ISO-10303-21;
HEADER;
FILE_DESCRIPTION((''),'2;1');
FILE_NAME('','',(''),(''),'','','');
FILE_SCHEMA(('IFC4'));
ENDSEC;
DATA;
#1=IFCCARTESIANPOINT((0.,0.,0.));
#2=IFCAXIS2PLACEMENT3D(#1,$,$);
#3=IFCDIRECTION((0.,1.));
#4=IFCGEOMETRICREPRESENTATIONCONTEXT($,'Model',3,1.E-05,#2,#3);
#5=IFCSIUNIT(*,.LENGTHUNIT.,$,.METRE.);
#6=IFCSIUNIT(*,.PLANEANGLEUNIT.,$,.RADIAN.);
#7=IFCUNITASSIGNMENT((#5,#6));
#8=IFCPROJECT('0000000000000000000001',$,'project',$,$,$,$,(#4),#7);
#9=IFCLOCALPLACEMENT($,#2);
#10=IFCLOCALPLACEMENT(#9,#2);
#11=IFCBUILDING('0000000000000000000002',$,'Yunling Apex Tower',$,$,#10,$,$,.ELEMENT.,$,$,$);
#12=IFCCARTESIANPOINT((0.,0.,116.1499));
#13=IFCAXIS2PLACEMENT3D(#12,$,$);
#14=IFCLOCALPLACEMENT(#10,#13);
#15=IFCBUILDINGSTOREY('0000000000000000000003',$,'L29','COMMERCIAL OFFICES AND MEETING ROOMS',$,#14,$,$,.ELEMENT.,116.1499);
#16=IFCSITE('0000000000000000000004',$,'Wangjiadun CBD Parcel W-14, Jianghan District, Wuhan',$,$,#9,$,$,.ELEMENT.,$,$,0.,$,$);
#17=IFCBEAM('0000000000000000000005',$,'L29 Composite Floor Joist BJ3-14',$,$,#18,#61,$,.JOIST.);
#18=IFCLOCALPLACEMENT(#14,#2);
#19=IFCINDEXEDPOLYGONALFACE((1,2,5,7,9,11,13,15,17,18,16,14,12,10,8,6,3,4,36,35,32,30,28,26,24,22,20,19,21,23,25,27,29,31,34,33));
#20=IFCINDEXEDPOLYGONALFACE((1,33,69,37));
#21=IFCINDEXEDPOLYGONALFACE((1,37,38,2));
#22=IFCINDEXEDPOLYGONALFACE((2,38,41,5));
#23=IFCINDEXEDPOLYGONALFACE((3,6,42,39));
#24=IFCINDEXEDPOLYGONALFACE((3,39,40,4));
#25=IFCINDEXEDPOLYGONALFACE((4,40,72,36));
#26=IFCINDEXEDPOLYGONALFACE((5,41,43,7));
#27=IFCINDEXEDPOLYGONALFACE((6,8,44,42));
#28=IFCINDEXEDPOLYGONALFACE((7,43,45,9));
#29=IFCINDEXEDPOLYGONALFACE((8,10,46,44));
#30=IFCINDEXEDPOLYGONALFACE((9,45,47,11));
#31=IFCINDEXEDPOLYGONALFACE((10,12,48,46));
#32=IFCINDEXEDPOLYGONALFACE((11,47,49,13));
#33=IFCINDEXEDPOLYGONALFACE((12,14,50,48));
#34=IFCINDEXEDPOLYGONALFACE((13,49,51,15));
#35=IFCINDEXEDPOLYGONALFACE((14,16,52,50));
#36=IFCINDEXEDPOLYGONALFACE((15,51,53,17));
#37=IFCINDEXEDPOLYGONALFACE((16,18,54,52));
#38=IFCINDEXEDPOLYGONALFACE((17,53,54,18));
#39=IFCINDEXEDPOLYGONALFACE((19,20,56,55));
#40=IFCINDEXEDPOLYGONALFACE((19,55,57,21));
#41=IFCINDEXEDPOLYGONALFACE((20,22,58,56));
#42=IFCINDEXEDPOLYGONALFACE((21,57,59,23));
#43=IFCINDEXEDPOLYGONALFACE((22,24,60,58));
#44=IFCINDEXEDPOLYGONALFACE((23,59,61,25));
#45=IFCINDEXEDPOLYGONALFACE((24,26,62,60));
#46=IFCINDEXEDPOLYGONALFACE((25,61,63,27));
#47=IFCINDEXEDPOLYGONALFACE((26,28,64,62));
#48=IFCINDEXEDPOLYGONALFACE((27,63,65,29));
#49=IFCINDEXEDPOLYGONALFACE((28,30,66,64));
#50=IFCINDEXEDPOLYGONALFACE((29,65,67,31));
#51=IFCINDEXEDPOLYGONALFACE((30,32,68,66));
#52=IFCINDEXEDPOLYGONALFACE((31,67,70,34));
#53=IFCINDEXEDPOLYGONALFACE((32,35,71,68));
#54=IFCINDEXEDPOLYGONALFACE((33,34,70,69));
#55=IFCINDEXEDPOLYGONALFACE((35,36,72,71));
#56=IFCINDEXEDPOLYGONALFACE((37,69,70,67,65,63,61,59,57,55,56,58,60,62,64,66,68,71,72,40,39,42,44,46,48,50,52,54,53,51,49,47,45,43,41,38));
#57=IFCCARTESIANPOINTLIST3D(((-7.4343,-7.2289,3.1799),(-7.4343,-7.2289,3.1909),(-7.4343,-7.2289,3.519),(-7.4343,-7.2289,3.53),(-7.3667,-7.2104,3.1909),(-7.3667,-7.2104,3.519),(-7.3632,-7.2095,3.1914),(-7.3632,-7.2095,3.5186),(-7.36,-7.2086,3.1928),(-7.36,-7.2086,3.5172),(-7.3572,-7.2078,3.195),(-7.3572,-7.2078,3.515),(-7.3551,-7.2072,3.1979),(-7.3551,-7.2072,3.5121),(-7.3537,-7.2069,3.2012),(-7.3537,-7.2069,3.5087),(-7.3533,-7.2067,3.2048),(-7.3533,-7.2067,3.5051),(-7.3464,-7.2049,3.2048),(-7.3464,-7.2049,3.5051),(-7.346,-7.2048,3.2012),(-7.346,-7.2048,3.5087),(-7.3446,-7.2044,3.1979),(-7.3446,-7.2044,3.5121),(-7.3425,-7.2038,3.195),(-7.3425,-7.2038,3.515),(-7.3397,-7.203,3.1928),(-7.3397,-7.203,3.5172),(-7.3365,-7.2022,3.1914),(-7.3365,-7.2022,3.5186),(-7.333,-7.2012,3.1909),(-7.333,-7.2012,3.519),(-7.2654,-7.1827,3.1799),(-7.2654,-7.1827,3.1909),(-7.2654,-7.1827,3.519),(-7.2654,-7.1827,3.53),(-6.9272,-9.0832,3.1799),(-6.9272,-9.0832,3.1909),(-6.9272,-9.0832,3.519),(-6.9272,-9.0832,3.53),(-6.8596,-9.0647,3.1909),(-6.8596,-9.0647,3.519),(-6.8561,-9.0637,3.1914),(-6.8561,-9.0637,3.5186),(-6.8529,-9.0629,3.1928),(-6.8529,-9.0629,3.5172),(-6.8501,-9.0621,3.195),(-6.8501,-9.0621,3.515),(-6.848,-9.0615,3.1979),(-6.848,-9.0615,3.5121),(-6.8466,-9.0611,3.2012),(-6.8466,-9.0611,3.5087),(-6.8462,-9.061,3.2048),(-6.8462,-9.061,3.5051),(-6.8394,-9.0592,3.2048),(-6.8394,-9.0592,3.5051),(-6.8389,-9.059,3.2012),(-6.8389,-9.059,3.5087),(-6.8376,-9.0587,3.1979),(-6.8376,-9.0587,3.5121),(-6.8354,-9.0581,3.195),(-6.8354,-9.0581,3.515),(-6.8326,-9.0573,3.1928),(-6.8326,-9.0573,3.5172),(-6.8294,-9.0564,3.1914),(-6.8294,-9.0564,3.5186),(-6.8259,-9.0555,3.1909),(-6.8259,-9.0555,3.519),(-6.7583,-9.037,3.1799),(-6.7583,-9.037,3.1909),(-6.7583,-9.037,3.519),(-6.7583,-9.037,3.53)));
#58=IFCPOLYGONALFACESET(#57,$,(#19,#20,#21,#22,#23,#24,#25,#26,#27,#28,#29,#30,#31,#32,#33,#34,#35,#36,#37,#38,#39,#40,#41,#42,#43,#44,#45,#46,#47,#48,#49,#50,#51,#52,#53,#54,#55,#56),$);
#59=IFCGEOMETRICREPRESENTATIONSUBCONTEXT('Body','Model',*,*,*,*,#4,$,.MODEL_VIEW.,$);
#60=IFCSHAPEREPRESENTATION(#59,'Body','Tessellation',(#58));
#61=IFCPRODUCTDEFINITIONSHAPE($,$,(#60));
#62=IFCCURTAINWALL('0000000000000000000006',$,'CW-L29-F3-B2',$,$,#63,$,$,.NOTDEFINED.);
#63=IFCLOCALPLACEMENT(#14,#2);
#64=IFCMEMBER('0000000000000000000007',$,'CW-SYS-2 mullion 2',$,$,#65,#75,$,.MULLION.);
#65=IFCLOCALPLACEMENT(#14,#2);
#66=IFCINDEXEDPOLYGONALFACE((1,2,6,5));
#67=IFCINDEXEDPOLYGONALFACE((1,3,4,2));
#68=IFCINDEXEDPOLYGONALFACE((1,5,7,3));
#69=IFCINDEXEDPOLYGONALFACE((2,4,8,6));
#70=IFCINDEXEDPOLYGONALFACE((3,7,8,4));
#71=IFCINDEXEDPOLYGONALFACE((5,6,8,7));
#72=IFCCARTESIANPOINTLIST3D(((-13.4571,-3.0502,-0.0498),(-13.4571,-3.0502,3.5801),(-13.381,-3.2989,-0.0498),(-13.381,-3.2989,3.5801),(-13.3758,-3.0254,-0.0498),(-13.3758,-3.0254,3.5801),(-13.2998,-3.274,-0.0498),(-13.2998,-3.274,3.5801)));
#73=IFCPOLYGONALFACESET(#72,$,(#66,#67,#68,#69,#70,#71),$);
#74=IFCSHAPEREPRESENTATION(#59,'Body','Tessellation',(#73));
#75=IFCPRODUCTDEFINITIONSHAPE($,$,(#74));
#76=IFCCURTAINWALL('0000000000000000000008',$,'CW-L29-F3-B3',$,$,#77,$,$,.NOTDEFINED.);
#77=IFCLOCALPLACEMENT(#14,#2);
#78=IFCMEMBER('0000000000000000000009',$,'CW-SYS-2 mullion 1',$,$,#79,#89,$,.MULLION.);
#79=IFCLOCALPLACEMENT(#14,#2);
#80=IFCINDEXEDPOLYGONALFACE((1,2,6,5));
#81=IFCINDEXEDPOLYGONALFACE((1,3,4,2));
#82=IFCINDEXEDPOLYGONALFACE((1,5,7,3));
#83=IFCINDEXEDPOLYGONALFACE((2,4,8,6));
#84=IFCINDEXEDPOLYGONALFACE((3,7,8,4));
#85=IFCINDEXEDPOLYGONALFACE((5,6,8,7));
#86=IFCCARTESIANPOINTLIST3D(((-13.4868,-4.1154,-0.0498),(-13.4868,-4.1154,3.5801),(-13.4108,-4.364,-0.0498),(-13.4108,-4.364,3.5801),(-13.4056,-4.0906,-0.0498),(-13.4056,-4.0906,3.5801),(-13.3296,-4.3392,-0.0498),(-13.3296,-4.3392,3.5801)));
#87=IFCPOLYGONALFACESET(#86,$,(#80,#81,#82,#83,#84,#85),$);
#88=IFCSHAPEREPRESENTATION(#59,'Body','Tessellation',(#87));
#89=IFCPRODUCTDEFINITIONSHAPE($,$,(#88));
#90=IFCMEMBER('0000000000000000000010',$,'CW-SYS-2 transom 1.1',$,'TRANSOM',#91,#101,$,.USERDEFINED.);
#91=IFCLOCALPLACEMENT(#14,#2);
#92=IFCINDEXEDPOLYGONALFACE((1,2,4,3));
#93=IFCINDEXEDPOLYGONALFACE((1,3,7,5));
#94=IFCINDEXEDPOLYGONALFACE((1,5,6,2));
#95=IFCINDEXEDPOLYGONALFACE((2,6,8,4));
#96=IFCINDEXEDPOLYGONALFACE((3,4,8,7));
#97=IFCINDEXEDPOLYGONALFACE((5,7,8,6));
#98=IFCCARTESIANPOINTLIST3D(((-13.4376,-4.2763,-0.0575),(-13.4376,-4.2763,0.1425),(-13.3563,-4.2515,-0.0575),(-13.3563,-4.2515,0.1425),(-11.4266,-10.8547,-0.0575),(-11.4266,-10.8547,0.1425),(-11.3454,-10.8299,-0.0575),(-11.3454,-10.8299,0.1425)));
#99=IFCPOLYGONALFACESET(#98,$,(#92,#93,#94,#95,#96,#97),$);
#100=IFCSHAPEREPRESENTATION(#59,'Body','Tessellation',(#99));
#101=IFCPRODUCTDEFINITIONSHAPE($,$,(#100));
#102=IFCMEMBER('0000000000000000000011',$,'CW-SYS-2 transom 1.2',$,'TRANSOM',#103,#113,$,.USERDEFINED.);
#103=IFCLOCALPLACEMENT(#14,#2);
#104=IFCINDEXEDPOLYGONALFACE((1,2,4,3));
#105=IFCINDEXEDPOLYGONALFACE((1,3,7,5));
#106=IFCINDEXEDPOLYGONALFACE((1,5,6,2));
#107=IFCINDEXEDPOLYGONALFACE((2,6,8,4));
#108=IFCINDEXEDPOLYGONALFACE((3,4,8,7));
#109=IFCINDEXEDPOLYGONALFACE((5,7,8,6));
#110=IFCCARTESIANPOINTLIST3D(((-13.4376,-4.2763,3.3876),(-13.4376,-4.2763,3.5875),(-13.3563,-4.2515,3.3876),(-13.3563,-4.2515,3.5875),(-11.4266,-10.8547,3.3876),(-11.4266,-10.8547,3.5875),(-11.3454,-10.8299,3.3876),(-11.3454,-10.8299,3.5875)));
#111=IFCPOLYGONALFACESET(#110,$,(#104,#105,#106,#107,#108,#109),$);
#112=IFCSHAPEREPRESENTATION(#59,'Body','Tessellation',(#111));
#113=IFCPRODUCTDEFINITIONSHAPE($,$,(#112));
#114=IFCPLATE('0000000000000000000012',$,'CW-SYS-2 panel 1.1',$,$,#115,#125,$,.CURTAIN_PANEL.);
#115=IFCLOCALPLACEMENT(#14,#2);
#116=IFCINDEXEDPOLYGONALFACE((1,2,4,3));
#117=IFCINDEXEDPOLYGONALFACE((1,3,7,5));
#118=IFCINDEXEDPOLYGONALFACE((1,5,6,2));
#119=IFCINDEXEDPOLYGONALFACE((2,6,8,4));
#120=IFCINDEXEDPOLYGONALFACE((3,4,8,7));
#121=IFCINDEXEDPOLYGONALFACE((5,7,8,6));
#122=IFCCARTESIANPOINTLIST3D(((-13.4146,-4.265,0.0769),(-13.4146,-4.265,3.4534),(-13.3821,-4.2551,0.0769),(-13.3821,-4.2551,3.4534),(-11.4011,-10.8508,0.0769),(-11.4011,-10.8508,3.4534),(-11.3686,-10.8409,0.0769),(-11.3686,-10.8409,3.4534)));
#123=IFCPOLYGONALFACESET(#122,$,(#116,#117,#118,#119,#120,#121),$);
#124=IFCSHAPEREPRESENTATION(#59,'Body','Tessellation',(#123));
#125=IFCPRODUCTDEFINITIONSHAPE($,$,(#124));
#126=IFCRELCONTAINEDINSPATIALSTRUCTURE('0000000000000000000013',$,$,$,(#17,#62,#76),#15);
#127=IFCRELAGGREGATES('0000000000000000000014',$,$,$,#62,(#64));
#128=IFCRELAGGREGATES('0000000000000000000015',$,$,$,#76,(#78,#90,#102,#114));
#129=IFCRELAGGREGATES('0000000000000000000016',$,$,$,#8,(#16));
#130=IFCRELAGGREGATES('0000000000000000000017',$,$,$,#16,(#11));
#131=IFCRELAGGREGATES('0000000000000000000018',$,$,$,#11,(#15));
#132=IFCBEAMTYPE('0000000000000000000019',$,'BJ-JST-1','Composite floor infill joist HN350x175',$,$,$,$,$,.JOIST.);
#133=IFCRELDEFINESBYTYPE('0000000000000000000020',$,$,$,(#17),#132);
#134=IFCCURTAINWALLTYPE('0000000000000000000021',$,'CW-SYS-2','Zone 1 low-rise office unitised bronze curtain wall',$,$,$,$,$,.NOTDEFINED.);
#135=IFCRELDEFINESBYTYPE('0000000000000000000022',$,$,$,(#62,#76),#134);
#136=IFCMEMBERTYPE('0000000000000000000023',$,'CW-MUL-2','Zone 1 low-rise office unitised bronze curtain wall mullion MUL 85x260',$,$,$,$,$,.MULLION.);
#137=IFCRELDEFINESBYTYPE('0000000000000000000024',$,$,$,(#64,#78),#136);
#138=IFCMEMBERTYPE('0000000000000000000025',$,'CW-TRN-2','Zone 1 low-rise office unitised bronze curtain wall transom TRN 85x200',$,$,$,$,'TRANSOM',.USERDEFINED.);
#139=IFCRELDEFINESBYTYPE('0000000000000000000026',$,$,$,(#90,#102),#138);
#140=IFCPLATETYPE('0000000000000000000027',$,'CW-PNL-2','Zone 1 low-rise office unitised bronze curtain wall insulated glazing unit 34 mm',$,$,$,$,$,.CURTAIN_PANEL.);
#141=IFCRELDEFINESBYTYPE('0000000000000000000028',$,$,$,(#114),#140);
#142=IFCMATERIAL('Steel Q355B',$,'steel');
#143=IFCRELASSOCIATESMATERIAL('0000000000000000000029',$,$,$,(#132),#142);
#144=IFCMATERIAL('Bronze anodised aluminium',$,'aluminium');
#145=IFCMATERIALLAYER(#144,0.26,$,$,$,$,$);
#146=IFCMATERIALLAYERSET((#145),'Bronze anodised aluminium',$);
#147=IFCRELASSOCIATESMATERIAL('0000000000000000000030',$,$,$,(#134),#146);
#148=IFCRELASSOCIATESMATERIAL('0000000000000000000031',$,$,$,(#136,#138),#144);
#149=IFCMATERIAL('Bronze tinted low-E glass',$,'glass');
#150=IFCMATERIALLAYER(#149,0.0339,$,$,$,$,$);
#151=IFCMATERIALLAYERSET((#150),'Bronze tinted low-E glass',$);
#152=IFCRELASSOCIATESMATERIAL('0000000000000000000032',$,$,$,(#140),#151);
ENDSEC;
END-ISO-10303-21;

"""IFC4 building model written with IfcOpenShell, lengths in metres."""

from ifc_helpers import new_model, si_unit, direction, frame, origin, origin_2d, place, context, subcontext, project, spatial, rectangle, i_section, extrude, source, transform, mapped, material, layer, layer_set, material_profile, profile_set, type_object, element, aggregate, save


model = new_model("IFC4")

# Units and contexts
model_context = context("Model", 3, precision=1e-05, world=origin(), true_north=direction((0.0, 1.0)))
body_context = subcontext(model_context, "Body", "Model", "MODEL_VIEW")
ifc_project = project(units=[si_unit("LENGTHUNIT", "METRE"), si_unit("PLANEANGLEUNIT", "RADIAN")], contexts=[model_context])

# Site, building, storey
site_placement = place(None, origin())
site = spatial("IfcSite", under=ifc_project, at=site_placement, Name="Wangjiadun CBD Parcel W-14, Jianghan District, Wuhan", CompositionType="ELEMENT", RefElevation=0.0)
building_placement = place(site_placement, origin())
building = spatial("IfcBuilding", under=site, at=building_placement, Name="Yunling Apex Tower", CompositionType="ELEMENT")
storey_placement = place(building_placement, frame((0.0, 0.0, 116.1499)))
storey = spatial("IfcBuildingStorey", under=building, at=storey_placement, Name="L29", Description="COMMERCIAL OFFICES AND MEETING ROOMS", CompositionType="ELEMENT", Elevation=116.1499)

# Beam
ifc_material_1 = material(Name="Steel Q355B", Category="steel")
ifc_material_profile_1 = material_profile(ifc_material_1, i_section(OverallWidth=0.175, OverallDepth=0.3501, WebThickness=0.0071, FlangeThickness=0.011, FilletRadius=0.0139, at=origin_2d()))
ifc_profile_set_1 = profile_set([ifc_material_profile_1], Name="Steel Q355B")
beam_type_1 = type_object("IfcBeamType", Name="BJ-JST-1", Description="Composite floor infill joist HN350x175", PredefinedType="JOIST", material=ifc_profile_set_1)
shared_shape_1 = source(origin(), body_context, "Body", "SweptSolid", [
    extrude(i_section(OverallWidth=0.175, OverallDepth=0.3501, WebThickness=0.0071, FlangeThickness=0.011, FilletRadius=0.0139, at=origin_2d()), origin(), (0.0, 0.0, 1.0), 1.9224),
])
beam_1_placement = place(storey_placement, frame((-7.3499, -7.2058, 3.355), z_axis=(0.263784, -0.964582, 0.0), x_axis=(0.964582, 0.263784, 0.0)))
element("IfcBeam", 1, at=beam_1_placement, inside=storey, type_object=beam_type_1, Name="L29 Composite Floor Joist BJ3-14", PredefinedType="JOIST", context=body_context, shape_type="MappedRepresentation", body=[
    mapped(shared_shape_1, transform((0.0, 0.0, 0.0), scale=1.0)),
])

# Curtain wall, member
ifc_material_2 = material(Name="Bronze anodised aluminium", Category="aluminium")
ifc_layer_1 = layer(ifc_material_2, 0.26)
ifc_layer_set_1 = layer_set([ifc_layer_1], Name="Bronze anodised aluminium")
curtain_wall_type = type_object("IfcCurtainWallType", Name="CW-SYS-2", Description="Zone 1 low-rise office unitised bronze curtain wall", PredefinedType="NOTDEFINED", material=ifc_layer_set_1)
curtain_wall_1_placement = place(storey_placement, origin())
curtain_wall_1 = element("IfcCurtainWall", 2, at=curtain_wall_1_placement, inside=storey, type_object=curtain_wall_type, Name="CW-L29-F3-B2", PredefinedType="NOTDEFINED")
ifc_material_profile_2 = material_profile(ifc_material_2, rectangle(XDim=0.085, YDim=0.26, at=origin_2d()))
ifc_profile_set_2 = profile_set([ifc_material_profile_2], Name="Bronze anodised aluminium")
member_type_1 = type_object("IfcMemberType", Name="CW-MUL-2", Description="Zone 1 low-rise office unitised bronze curtain wall mullion MUL 85x260", PredefinedType="MULLION", material=ifc_profile_set_2)
shared_shape_2 = source(origin(), body_context, "Body", "SweptSolid", [
    extrude(rectangle(XDim=0.085, YDim=0.26, at=origin_2d()), origin(), (0.0, 0.0, 1.0), 3.6299),
])
member_1_placement = place(storey_placement, frame((-13.3784, -3.1621, -0.0498), z_axis=(0.0, 0.0, 1.0), x_axis=(0.956307, 0.292364, 0.0)))
member_1 = element("IfcMember", 3, at=member_1_placement, type_object=member_type_1, Name="CW-SYS-2 mullion 2", PredefinedType="MULLION", context=body_context, shape_type="MappedRepresentation", body=[
    mapped(shared_shape_2, transform((0.0, 0.0, 0.0), scale=1.0)),
])
aggregate(curtain_wall_1, [member_1])

# Curtain wall, members, plate
curtain_wall_2_placement = place(storey_placement, origin())
curtain_wall_2 = element("IfcCurtainWall", 4, at=curtain_wall_2_placement, inside=storey, type_object=curtain_wall_type, Name="CW-L29-F3-B3", PredefinedType="NOTDEFINED")
member_2_placement = place(storey_placement, frame((-13.4082, -4.2273, -0.0498), z_axis=(0.0, 0.0, 1.0), x_axis=(0.956304, 0.292373, 0.0)))
member_2 = element("IfcMember", 5, at=member_2_placement, type_object=member_type_1, Name="CW-SYS-2 mullion 1", PredefinedType="MULLION", context=body_context, shape_type="MappedRepresentation", body=[
    mapped(shared_shape_2, transform((0.0, 0.0, 0.0), scale=1.0)),
])
ifc_material_profile_3 = material_profile(ifc_material_2, rectangle(XDim=0.085, YDim=0.2, at=origin_2d()))
ifc_profile_set_3 = profile_set([ifc_material_profile_3], Name="Bronze anodised aluminium")
member_type_2 = type_object("IfcMemberType", Name="CW-TRN-2", Description="Zone 1 low-rise office unitised bronze curtain wall transom TRN 85x200", ElementType="TRANSOM", PredefinedType="USERDEFINED", material=ifc_profile_set_3)
shared_shape_3 = source(origin(), body_context, "Body", "SweptSolid", [
    extrude(rectangle(XDim=0.085, YDim=0.2, at=origin_2d()), origin(), (0.0, 0.0, 1.0), 6.8789),
])
member_3_placement = place(storey_placement, frame((-13.397, -4.2639, 0.0425), z_axis=(0.292342, -0.956314, 0.0), x_axis=(0.956314, 0.292342, 0.0)))
member_3 = element("IfcMember", 6, at=member_3_placement, type_object=member_type_2, Name="CW-SYS-2 transom 1.1", ObjectType="TRANSOM", PredefinedType="USERDEFINED", context=body_context, shape_type="MappedRepresentation", body=[
    mapped(shared_shape_3, transform((0.0, 0.0, 0.0), scale=1.0)),
])
member_4_placement = place(storey_placement, frame((-13.397, -4.2639, 3.4875), z_axis=(0.292342, -0.956314, 0.0), x_axis=(0.956314, 0.292342, 0.0)))
member_4 = element("IfcMember", 7, at=member_4_placement, type_object=member_type_2, Name="CW-SYS-2 transom 1.2", ObjectType="TRANSOM", PredefinedType="USERDEFINED", context=body_context, shape_type="MappedRepresentation", body=[
    mapped(shared_shape_3, transform((0.0, 0.0, 0.0), scale=1.0)),
])
ifc_material_3 = material(Name="Bronze tinted low-E glass", Category="glass")
ifc_layer_2 = layer(ifc_material_3, 0.0339)
ifc_layer_set_2 = layer_set([ifc_layer_2], Name="Bronze tinted low-E glass")
plate_type = type_object("IfcPlateType", Name="CW-PNL-2", Description="Zone 1 low-rise office unitised bronze curtain wall insulated glazing unit 34 mm", PredefinedType="CURTAIN_PANEL", material=ifc_layer_set_2)
shared_shape_4 = source(origin(), body_context, "Body", "SweptSolid", [
    extrude(rectangle(XDim=6.8867, YDim=0.0339, at=origin_2d()), origin(), (0.0, 0.0, 1.0), 3.3765),
])
plate_placement = place(storey_placement, frame((-12.3916, -7.553, 0.0769), z_axis=(0.0, 0.0, 1.0), x_axis=(0.292373, -0.956304, 0.0)))
plate = element("IfcPlate", 8, at=plate_placement, type_object=plate_type, Name="CW-SYS-2 panel 1.1", PredefinedType="CURTAIN_PANEL", context=body_context, shape_type="MappedRepresentation", body=[
    mapped(shared_shape_4, transform((0.0, 0.0, 0.0), scale=1.0)),
])
aggregate(curtain_wall_2, [member_2, member_3, member_4, plate])

save(model, "model.ifc")
